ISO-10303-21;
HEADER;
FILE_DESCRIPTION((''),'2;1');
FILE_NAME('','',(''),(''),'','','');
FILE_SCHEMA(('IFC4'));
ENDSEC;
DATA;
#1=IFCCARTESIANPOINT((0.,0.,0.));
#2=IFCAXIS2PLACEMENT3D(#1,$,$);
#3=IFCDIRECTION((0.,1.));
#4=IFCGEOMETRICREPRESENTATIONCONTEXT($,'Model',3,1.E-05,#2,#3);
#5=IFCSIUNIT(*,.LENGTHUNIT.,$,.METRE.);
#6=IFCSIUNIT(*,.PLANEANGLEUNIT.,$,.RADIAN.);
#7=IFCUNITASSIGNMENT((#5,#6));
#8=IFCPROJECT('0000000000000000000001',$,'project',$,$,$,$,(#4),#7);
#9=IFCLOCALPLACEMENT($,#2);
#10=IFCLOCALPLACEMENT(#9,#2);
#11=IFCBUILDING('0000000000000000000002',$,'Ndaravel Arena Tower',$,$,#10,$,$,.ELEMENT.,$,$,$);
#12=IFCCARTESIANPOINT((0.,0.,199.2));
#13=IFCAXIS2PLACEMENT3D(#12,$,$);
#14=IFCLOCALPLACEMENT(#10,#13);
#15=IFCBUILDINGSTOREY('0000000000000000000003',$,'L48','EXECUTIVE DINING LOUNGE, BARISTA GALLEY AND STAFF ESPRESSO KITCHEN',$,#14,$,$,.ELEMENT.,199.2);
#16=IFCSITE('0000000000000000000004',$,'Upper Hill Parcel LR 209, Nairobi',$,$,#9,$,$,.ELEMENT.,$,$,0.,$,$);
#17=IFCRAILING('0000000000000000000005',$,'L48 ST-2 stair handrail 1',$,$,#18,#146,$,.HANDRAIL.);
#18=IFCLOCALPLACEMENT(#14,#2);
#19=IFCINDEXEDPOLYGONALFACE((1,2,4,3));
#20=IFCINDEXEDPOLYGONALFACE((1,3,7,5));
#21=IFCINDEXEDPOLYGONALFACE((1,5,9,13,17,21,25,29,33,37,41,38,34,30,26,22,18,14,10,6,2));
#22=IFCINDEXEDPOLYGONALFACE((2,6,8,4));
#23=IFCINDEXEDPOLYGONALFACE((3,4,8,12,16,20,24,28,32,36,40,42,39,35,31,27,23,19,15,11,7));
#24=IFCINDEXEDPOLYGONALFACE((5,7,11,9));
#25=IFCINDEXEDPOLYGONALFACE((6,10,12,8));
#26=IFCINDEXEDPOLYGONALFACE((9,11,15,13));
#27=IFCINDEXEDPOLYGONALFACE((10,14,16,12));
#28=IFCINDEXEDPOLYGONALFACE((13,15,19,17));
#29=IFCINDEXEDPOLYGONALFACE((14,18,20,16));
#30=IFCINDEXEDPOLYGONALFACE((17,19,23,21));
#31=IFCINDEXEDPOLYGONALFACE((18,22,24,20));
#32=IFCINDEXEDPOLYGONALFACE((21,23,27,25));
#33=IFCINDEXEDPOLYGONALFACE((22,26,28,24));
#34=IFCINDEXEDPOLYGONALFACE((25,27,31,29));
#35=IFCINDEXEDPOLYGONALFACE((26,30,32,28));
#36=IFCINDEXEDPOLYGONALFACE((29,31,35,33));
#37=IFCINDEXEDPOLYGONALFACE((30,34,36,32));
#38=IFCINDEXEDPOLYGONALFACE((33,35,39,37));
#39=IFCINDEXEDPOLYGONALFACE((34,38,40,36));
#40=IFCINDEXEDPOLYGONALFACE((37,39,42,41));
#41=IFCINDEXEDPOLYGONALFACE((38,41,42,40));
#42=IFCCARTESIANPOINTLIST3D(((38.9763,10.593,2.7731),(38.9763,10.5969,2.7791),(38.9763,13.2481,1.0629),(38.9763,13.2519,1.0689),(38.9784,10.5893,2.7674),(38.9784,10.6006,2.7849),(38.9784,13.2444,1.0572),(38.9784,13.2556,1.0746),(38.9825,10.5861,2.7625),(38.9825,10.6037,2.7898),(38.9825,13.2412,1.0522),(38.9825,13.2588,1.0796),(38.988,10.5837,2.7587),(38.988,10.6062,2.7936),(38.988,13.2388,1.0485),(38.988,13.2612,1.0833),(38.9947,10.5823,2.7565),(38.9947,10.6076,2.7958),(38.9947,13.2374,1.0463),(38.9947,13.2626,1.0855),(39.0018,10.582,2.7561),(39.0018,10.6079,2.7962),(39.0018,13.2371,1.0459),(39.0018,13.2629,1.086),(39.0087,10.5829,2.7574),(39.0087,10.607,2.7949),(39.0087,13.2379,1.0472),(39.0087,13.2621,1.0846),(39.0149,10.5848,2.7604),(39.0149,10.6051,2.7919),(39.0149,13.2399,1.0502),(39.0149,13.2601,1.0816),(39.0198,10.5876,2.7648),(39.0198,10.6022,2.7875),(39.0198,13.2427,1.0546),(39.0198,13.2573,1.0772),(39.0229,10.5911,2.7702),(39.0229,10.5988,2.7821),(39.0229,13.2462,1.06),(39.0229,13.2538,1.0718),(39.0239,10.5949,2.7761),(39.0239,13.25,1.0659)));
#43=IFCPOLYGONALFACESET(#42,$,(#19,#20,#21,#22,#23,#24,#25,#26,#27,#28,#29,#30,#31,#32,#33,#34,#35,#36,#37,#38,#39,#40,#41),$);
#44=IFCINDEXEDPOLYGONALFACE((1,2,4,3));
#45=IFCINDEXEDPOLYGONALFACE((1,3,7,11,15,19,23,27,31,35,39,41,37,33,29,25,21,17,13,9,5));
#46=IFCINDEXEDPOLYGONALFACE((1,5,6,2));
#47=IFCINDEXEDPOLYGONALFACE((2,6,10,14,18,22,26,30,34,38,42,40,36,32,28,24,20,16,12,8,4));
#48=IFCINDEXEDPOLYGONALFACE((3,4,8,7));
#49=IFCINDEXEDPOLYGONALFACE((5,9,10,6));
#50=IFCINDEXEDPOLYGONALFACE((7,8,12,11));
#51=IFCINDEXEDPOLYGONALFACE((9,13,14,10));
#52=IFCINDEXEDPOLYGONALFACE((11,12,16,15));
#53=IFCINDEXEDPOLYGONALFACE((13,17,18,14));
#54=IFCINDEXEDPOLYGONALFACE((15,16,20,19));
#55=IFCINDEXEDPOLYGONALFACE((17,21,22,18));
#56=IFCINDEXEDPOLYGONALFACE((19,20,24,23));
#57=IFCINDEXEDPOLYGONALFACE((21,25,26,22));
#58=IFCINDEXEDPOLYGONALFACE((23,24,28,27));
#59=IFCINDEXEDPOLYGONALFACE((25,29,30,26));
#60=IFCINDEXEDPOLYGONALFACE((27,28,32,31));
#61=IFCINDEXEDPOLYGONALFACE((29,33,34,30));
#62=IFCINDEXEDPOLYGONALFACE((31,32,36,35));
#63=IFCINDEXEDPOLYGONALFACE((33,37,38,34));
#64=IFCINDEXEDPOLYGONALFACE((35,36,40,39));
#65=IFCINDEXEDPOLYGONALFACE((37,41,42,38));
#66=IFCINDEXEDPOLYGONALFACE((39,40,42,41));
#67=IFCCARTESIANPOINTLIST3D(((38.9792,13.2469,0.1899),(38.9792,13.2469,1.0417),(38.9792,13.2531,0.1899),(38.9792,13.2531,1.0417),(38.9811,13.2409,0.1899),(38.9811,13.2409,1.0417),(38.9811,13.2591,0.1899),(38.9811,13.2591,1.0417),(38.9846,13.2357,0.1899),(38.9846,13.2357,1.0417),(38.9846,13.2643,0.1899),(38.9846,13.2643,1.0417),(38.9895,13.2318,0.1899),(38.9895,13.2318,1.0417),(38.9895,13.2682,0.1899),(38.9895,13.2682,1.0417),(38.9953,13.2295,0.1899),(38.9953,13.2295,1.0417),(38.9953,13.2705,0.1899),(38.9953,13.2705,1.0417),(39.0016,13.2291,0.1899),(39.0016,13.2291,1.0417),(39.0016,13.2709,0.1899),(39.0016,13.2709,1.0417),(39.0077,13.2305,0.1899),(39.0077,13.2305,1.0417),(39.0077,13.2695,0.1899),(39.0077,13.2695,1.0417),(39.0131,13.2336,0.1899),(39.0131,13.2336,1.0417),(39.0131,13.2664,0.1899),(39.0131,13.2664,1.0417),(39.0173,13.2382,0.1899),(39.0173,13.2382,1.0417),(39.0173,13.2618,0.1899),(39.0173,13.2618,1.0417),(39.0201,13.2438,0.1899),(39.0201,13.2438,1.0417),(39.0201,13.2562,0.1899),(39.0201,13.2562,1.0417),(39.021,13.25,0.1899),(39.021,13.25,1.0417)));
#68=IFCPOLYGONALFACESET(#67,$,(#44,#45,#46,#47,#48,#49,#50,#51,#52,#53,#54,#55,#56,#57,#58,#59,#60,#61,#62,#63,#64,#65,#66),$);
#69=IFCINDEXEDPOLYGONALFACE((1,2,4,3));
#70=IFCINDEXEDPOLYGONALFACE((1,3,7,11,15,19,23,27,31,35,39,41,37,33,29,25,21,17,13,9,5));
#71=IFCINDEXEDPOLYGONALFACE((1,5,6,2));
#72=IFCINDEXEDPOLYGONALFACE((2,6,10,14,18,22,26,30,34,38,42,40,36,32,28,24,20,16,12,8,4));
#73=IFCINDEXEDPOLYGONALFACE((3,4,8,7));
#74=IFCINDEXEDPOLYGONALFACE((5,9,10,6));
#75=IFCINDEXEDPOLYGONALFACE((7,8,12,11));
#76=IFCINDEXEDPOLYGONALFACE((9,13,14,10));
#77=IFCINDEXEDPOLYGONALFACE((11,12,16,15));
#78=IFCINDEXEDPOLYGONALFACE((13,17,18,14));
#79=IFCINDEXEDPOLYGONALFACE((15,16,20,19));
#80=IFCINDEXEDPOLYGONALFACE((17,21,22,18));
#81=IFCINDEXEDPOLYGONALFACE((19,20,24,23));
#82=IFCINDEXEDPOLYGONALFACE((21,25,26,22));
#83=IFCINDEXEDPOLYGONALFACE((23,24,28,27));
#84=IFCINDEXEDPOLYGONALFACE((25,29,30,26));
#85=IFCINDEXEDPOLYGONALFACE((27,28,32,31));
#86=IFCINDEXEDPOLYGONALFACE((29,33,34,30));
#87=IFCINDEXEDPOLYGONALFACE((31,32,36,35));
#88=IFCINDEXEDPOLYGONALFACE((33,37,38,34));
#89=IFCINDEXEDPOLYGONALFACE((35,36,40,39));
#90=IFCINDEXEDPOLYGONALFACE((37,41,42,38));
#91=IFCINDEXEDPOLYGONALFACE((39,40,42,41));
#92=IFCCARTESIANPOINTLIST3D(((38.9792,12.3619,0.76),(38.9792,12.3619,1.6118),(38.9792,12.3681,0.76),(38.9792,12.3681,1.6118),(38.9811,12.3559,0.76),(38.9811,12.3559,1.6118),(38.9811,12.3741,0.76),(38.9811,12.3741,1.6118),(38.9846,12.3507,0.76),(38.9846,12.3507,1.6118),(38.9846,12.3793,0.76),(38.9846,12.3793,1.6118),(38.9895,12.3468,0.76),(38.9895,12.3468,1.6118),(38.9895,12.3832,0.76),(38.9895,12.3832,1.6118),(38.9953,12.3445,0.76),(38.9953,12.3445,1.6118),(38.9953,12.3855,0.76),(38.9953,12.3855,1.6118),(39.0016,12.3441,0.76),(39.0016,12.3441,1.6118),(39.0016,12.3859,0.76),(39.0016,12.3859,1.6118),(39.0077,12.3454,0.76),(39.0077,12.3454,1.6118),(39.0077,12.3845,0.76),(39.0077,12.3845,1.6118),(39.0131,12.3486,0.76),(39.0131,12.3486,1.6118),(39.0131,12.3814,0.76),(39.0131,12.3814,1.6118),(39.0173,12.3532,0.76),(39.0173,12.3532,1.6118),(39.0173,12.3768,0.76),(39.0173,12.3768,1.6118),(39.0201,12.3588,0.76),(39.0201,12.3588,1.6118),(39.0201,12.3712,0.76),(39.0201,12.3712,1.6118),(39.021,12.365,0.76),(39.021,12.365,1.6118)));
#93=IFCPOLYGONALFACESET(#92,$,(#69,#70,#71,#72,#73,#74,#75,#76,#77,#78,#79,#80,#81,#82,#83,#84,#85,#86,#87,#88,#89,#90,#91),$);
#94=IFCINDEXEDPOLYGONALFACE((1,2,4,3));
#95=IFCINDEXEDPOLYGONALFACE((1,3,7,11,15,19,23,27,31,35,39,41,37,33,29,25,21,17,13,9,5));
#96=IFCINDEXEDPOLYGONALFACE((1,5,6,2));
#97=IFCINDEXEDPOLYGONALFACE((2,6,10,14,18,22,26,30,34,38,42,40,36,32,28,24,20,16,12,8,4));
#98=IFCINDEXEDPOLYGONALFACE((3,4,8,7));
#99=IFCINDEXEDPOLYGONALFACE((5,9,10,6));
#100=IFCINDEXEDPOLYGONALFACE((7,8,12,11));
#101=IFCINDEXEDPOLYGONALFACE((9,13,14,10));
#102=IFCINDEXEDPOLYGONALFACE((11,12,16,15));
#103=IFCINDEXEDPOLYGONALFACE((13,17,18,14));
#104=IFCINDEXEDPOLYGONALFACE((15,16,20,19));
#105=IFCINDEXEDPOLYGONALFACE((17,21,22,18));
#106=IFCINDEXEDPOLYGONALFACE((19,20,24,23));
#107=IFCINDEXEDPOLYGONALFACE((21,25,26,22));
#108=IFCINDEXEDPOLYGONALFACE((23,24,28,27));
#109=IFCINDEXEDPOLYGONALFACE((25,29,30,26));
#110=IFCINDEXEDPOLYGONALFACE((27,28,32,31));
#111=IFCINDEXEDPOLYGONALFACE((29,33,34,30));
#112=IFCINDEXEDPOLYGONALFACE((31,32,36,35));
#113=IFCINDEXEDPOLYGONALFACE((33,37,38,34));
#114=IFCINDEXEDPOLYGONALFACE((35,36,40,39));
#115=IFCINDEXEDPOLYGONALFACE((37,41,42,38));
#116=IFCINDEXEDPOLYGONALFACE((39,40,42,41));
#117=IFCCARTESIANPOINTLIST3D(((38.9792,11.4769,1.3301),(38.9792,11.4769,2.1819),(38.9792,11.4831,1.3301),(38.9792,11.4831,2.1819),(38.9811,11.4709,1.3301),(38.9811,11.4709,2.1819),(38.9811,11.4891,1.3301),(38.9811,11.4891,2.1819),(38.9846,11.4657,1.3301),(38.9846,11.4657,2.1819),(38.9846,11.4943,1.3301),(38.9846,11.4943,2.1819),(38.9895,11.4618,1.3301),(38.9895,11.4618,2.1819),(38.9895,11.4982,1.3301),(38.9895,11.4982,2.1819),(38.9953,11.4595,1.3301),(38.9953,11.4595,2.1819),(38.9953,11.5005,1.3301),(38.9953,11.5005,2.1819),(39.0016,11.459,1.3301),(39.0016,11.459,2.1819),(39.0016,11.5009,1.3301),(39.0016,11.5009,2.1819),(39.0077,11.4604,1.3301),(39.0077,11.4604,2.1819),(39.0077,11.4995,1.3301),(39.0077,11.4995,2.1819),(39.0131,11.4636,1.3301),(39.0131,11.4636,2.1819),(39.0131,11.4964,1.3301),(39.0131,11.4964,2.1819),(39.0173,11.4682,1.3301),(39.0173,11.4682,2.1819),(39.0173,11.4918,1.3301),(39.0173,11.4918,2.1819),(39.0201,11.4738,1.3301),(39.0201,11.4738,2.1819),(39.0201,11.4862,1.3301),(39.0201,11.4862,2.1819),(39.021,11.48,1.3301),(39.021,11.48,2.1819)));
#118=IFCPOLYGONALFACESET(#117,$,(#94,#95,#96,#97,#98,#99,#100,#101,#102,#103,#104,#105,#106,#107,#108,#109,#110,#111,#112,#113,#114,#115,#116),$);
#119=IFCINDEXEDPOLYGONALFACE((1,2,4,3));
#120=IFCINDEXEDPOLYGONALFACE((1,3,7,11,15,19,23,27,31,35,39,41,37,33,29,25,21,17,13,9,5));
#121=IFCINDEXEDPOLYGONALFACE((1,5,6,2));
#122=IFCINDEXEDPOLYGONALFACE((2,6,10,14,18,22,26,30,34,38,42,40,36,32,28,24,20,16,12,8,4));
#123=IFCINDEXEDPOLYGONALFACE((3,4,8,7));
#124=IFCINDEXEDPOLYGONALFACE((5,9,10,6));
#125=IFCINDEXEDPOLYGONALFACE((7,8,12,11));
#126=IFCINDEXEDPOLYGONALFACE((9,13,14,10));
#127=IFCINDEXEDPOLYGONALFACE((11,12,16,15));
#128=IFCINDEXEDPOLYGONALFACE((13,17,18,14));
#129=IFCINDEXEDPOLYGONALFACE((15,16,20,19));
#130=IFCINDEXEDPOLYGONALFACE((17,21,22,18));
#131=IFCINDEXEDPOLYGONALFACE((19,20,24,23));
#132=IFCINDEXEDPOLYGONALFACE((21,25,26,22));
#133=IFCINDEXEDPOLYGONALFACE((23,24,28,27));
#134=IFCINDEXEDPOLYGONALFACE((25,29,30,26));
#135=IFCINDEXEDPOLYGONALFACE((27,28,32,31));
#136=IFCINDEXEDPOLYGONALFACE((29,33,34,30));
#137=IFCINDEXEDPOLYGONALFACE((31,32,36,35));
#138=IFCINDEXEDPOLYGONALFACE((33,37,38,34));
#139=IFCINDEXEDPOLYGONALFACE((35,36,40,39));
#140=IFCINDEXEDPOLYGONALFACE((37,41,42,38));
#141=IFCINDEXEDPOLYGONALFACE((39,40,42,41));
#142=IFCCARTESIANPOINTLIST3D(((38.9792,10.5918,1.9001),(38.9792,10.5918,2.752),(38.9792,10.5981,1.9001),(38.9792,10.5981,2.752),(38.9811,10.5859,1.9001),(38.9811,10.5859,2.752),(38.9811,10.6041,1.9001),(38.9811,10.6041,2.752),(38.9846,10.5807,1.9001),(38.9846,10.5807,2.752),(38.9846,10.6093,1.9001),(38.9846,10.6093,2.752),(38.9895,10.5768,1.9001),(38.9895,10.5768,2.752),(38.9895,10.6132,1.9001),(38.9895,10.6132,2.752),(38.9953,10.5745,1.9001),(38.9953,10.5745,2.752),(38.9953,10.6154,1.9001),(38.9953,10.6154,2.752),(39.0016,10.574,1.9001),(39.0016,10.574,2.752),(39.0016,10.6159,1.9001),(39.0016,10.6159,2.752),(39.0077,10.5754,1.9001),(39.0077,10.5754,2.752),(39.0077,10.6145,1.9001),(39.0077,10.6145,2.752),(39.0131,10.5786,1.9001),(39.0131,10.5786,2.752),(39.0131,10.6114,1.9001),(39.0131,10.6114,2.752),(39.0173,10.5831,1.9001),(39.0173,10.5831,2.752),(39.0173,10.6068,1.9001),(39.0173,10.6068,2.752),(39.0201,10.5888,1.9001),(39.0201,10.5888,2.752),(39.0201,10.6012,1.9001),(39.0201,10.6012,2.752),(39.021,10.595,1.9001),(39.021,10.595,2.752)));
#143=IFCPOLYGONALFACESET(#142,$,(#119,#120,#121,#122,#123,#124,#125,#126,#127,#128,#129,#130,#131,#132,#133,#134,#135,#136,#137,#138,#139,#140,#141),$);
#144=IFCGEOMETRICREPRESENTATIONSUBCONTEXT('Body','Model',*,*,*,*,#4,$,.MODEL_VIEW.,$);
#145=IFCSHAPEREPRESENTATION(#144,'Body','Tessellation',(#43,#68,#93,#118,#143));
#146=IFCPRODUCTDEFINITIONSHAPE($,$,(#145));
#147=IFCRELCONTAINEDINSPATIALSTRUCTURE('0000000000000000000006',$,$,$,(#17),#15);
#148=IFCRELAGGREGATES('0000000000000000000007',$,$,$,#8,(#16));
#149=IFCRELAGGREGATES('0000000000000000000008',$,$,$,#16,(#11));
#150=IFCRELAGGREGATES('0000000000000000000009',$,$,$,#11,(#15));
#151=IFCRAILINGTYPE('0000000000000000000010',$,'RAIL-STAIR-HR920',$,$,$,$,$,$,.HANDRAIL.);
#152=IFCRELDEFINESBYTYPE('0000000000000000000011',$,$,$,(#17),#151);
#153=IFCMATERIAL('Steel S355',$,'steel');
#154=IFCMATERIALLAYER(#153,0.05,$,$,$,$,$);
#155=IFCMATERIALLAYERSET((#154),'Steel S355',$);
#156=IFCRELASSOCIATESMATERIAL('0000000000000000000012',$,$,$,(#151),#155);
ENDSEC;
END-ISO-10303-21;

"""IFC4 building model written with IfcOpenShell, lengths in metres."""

from ifc_helpers import new_model, si_unit, direction, frame, origin, origin_2d, place, context, subcontext, project, spatial, circle, extrude, material, layer, layer_set, type_object, element, save


model = new_model("IFC4")

# Units and contexts
model_context = context("Model", 3, precision=1e-05, world=origin(), true_north=direction((0.0, 1.0)))
body_context = subcontext(model_context, "Body", "Model", "MODEL_VIEW")
ifc_project = project(units=[si_unit("LENGTHUNIT", "METRE"), si_unit("PLANEANGLEUNIT", "RADIAN")], contexts=[model_context])

# Site, building, storey
site_placement = place(None, origin())
site = spatial("IfcSite", under=ifc_project, at=site_placement, Name="Upper Hill Parcel LR 209, Nairobi", CompositionType="ELEMENT", RefElevation=0.0)
building_placement = place(site_placement, origin())
building = spatial("IfcBuilding", under=site, at=building_placement, Name="Ndaravel Arena Tower", CompositionType="ELEMENT")
storey_placement = place(building_placement, frame((0.0, 0.0, 199.2)))
storey = spatial("IfcBuildingStorey", under=building, at=storey_placement, Name="L48", Description="EXECUTIVE DINING LOUNGE, BARISTA GALLEY AND STAFF ESPRESSO KITCHEN", CompositionType="ELEMENT", Elevation=199.2)

# Railing
ifc_material_1 = material(Name="Steel S355", Category="steel")
ifc_layer_1 = layer(ifc_material_1, 0.05)
ifc_layer_set_1 = layer_set([ifc_layer_1], Name="Steel S355")
railing_type_1 = type_object("IfcRailingType", Name="RAIL-STAIR-HR920", PredefinedType="HANDRAIL", material=ifc_layer_set_1)
railing_1_placement = place(storey_placement, frame((39.0, 13.25, 0.1899)))
element("IfcRailing", 1, at=railing_1_placement, inside=storey, type_object=railing_type_1, Name="L48 ST-2 stair handrail 1", PredefinedType="HANDRAIL", context=body_context, shape_type="SweptSolid", body=[
    extrude(circle(Radius=0.0239, at=origin_2d()), frame((0.0, 0.0, 0.876), z_axis=(0.0, -0.840688, 0.541519), x_axis=(1.0, 0.0, 0.0)), (0.0, 0.0, 1.0), 3.1582),
    extrude(circle(Radius=0.021, at=origin_2d()), origin(), (0.0, 0.0, 1.0), 0.8518),
    extrude(circle(Radius=0.021, at=origin_2d()), frame((0.0, -0.885, 0.5701)), (0.0, 0.0, 1.0), 0.8518),
    extrude(circle(Radius=0.021, at=origin_2d()), frame((0.0, -1.77, 1.1401)), (0.0, 0.0, 1.0), 0.8518),
    extrude(circle(Radius=0.021, at=origin_2d()), frame((0.0, -2.655, 1.7102)), (0.0, 0.0, 1.0), 0.8518),
])

save(model, "model.ifc")
